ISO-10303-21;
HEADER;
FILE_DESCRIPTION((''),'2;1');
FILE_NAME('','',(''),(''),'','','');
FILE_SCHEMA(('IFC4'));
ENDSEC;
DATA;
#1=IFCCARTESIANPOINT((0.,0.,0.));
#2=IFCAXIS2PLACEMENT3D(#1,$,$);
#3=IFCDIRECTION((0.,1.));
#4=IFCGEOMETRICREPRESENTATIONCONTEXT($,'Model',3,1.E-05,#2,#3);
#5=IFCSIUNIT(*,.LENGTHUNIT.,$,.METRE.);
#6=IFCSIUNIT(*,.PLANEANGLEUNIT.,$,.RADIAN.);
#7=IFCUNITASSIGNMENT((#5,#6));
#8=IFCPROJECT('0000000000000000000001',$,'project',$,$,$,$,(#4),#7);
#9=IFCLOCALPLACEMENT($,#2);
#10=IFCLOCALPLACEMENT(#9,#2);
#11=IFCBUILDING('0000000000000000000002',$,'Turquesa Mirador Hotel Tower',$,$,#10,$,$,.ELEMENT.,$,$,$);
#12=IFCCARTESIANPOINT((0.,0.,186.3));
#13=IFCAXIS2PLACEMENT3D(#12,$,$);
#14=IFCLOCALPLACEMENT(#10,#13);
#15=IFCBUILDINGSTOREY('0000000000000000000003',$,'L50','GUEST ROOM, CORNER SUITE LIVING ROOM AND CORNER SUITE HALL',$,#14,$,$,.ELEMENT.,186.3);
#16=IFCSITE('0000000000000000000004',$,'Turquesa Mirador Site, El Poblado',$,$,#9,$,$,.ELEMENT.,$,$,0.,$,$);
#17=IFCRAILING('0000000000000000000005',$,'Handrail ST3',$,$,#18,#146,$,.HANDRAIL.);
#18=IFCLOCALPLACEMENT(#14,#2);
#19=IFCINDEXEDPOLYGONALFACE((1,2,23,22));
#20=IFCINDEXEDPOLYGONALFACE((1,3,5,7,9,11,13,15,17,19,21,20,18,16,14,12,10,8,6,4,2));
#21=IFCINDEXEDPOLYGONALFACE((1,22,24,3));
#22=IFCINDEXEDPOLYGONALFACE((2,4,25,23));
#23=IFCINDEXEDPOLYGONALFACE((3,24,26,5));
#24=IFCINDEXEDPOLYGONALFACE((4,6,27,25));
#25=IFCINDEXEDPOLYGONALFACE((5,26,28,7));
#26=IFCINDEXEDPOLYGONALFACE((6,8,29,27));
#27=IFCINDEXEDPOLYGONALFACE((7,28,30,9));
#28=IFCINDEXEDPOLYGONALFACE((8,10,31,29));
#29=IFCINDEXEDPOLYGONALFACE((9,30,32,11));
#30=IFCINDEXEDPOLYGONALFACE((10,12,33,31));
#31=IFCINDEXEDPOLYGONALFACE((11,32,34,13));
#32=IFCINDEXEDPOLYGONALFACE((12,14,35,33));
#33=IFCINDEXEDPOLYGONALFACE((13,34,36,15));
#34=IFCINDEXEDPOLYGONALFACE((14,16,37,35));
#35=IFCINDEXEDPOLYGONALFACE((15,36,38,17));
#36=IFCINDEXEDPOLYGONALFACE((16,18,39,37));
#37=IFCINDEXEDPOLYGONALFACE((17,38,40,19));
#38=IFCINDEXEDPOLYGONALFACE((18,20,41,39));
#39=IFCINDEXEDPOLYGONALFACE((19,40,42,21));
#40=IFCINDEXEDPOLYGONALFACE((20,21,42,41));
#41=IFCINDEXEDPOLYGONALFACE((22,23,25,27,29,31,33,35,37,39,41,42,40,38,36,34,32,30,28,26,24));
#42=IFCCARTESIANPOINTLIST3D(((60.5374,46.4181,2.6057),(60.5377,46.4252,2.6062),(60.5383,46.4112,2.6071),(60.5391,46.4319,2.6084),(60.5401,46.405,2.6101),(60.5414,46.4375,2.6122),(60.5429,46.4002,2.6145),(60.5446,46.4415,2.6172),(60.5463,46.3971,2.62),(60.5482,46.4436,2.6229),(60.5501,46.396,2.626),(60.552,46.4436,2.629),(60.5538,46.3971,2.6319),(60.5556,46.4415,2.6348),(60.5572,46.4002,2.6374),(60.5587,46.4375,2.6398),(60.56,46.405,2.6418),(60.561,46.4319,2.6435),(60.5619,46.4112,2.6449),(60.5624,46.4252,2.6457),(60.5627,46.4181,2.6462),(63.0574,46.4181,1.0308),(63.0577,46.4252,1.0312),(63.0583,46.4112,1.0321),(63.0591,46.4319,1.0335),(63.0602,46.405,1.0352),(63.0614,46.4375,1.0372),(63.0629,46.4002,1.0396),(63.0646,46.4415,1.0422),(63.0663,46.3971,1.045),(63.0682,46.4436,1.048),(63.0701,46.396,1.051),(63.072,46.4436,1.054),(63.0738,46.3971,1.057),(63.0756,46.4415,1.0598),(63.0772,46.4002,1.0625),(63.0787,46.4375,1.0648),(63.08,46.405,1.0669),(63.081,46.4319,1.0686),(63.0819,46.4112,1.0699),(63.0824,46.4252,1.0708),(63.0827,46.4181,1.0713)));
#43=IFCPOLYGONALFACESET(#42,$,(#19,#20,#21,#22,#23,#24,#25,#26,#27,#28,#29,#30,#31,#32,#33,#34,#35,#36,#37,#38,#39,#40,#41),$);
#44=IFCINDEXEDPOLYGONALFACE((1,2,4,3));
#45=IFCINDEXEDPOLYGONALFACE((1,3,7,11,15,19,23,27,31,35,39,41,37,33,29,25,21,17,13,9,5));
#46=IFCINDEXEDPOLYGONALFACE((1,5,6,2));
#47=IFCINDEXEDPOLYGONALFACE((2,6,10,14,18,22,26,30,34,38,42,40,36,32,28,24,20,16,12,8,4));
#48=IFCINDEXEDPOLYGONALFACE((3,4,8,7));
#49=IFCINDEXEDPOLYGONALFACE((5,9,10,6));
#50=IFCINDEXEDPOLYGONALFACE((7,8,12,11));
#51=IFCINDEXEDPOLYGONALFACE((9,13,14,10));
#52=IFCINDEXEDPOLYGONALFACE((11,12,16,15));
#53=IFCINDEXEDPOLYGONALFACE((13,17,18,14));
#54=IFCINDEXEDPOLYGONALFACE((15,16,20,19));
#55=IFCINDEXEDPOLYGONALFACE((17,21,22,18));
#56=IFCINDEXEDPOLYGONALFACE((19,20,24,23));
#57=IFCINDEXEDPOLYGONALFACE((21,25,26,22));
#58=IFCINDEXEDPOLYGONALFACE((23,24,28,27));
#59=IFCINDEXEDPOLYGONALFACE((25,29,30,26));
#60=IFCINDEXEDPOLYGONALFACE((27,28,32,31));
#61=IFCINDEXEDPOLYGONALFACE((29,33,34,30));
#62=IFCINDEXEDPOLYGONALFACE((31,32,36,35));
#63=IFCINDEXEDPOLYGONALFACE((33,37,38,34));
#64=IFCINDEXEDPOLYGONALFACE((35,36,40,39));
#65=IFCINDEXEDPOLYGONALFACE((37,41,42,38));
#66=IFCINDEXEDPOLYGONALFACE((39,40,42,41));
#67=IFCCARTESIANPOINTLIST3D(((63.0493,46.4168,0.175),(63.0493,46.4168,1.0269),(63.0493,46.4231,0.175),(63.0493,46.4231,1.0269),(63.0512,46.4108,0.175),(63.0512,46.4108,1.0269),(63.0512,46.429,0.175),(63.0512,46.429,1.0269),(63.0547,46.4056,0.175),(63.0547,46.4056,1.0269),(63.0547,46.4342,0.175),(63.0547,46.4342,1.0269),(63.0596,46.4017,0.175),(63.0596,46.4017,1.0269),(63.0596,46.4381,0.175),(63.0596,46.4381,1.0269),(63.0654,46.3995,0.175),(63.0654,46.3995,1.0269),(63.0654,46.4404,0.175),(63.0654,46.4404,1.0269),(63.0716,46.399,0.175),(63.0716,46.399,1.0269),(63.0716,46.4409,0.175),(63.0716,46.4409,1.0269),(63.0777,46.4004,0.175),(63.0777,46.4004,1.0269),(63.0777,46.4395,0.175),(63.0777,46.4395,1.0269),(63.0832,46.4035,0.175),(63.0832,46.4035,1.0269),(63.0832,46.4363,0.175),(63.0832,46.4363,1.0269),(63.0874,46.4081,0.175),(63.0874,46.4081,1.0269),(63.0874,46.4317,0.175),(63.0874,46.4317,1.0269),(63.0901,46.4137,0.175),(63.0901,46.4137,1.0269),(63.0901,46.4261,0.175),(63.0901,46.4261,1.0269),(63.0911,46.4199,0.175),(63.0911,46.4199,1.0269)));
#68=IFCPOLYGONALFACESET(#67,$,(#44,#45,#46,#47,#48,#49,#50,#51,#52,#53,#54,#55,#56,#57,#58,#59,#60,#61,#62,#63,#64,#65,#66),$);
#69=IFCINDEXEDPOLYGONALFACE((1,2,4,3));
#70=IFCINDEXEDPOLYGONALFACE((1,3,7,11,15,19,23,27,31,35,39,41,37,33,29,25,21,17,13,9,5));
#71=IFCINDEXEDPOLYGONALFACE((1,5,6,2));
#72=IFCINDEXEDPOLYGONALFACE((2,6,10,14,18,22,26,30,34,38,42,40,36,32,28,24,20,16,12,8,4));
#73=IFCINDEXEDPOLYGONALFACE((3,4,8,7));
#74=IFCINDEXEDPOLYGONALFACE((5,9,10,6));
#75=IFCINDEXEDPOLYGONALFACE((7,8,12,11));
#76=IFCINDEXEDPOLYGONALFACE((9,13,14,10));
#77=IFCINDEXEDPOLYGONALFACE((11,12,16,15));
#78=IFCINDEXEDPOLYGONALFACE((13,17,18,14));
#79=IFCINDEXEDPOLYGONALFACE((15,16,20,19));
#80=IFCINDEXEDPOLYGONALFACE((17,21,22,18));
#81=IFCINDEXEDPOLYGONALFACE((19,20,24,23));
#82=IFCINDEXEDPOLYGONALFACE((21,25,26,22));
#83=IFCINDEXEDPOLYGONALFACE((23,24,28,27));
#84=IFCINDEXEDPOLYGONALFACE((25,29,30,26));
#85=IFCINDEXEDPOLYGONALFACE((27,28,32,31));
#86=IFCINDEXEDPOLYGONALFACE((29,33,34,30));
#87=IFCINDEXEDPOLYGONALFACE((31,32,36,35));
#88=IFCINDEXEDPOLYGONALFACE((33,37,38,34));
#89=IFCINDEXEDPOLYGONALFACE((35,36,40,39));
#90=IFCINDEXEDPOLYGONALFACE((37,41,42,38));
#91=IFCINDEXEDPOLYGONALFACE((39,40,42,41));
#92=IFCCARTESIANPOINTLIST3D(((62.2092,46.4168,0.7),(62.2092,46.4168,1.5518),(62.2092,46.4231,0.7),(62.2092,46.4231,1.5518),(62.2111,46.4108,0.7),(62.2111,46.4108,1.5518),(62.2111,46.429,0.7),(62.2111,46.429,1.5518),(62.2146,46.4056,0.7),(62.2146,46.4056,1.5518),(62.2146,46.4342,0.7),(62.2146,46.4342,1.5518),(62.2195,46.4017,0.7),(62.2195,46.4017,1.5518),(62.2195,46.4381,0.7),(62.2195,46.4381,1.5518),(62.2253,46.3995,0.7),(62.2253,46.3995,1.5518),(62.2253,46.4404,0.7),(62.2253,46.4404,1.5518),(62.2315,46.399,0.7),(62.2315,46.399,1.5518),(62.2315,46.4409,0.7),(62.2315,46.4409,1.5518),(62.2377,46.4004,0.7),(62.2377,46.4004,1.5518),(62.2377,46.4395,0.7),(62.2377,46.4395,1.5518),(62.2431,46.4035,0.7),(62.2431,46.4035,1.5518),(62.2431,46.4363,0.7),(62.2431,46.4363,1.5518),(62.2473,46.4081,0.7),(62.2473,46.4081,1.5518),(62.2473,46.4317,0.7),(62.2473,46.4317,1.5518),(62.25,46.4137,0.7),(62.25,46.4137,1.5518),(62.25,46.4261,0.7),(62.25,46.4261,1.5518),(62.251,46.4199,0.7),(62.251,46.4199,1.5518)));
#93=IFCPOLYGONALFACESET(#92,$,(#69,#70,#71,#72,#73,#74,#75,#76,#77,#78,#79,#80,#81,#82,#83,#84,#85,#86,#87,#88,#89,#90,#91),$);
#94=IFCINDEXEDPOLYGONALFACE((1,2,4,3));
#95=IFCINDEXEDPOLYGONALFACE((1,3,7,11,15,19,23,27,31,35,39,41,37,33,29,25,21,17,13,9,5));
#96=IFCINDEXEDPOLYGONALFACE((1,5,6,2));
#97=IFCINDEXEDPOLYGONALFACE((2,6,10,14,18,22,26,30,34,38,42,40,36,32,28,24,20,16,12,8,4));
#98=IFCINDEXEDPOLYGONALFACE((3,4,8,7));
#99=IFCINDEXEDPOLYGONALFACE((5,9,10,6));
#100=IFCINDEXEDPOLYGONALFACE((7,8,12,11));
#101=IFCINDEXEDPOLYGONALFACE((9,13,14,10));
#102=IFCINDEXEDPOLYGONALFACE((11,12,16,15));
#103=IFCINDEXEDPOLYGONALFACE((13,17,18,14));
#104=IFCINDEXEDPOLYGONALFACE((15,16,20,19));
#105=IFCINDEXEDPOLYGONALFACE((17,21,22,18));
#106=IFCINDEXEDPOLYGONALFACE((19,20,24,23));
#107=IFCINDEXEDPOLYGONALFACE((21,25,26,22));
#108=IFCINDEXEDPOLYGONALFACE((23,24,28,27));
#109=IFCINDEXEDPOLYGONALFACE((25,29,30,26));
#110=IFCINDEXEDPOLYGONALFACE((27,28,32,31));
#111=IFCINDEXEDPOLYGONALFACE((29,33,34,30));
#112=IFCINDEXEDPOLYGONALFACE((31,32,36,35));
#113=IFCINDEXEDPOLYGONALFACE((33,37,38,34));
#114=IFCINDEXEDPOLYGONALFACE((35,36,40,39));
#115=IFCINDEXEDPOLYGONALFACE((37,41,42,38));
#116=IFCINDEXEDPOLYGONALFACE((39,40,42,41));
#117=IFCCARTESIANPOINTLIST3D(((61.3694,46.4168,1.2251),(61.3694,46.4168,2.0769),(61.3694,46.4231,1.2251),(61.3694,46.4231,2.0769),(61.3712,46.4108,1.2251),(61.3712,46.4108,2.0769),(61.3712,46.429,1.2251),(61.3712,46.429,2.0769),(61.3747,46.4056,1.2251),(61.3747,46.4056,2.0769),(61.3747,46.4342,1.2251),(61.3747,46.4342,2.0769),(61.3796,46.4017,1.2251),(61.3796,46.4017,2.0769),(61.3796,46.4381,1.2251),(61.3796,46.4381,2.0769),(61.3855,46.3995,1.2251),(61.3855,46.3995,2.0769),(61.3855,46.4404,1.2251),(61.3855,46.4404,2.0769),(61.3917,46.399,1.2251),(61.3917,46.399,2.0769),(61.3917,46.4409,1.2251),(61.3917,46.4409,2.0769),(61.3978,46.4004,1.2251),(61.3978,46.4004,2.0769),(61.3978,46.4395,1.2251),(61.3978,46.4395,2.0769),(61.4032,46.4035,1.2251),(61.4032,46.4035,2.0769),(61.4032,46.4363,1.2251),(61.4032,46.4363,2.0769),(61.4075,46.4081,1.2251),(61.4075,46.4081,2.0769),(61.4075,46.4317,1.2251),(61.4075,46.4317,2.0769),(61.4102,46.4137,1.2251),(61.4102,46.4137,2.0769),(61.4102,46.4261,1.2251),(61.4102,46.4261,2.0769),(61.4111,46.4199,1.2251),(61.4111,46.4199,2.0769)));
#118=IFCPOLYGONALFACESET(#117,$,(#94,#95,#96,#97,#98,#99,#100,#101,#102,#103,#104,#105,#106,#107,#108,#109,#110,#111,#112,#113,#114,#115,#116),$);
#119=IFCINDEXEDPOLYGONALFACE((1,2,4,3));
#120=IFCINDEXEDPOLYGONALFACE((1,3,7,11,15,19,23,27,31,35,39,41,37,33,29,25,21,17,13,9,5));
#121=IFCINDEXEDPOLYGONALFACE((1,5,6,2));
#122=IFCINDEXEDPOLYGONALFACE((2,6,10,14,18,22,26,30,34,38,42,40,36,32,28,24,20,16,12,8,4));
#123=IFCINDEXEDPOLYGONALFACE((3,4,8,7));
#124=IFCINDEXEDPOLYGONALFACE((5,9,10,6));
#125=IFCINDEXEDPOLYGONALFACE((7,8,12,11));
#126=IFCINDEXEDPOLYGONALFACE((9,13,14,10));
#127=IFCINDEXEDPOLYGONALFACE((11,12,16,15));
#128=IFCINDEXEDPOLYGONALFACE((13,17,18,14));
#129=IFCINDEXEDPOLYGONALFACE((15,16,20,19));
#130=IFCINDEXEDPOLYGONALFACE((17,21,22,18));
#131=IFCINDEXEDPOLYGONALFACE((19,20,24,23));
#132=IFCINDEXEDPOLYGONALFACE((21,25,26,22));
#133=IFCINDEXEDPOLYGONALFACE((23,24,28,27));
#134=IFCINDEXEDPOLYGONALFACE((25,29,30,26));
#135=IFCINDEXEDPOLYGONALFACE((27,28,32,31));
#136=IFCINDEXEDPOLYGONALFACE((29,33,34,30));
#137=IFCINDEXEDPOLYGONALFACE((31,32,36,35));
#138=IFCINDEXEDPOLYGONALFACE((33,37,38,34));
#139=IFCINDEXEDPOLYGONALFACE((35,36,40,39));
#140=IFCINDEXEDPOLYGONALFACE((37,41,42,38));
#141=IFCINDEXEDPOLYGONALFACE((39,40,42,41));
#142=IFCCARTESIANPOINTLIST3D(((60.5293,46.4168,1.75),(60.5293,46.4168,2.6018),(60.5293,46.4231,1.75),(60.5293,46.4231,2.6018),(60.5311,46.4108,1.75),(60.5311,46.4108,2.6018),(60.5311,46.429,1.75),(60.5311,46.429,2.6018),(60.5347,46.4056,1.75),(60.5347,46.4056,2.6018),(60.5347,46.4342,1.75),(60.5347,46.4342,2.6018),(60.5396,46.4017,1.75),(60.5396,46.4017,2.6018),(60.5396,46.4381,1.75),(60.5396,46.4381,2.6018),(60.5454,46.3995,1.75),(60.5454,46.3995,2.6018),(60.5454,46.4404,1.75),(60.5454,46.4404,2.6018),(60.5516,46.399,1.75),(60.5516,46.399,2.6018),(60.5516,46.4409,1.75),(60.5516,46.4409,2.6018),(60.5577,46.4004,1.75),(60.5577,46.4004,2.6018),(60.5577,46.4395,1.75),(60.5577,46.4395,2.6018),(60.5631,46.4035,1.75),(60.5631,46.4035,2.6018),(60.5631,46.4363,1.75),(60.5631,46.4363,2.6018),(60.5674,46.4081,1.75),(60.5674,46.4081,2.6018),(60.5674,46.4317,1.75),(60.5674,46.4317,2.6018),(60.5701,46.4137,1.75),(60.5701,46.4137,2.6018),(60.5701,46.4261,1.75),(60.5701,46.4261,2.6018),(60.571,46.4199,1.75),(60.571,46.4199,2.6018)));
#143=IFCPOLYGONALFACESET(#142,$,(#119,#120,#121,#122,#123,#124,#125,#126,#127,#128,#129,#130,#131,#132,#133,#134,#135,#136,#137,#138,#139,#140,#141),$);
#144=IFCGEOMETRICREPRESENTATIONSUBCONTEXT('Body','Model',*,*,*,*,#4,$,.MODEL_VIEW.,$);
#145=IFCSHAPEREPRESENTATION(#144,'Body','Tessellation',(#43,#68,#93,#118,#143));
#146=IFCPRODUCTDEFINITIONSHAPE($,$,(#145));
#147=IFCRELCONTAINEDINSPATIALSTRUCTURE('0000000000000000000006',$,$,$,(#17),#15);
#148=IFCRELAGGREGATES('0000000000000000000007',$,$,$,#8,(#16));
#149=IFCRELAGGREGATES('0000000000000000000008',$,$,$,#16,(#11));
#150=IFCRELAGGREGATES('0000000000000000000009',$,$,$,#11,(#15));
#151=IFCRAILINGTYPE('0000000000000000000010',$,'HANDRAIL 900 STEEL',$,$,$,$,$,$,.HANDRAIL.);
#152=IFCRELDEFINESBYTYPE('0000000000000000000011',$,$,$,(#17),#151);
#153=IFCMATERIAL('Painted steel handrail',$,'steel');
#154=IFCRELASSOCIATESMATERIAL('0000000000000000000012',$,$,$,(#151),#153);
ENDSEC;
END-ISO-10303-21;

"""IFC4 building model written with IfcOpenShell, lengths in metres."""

from ifc_helpers import new_model, si_unit, direction, frame, origin, origin_2d, place, context, subcontext, project, spatial, circle, extrude, material, type_object, element, save


model = new_model("IFC4")

# Units and contexts
model_context = context("Model", 3, precision=1e-05, world=origin(), true_north=direction((0.0, 1.0)))
body_context = subcontext(model_context, "Body", "Model", "MODEL_VIEW")
ifc_project = project(units=[si_unit("LENGTHUNIT", "METRE"), si_unit("PLANEANGLEUNIT", "RADIAN")], contexts=[model_context])

# Site, building, storey
site_placement = place(None, origin())
site = spatial("IfcSite", under=ifc_project, at=site_placement, Name="Turquesa Mirador Site, El Poblado", CompositionType="ELEMENT", RefElevation=0.0)
building_placement = place(site_placement, origin())
building = spatial("IfcBuilding", under=site, at=building_placement, Name="Turquesa Mirador Hotel Tower", CompositionType="ELEMENT")
storey_placement = place(building_placement, frame((0.0, 0.0, 186.3)))
storey = spatial("IfcBuildingStorey", under=building, at=storey_placement, Name="L50", Description="GUEST ROOM, CORNER SUITE LIVING ROOM AND CORNER SUITE HALL", CompositionType="ELEMENT", Elevation=186.3)

# Railing
ifc_material_1 = material(Name="Painted steel handrail", Category="steel")
railing_type = type_object("IfcRailingType", Name="HANDRAIL 900 STEEL", PredefinedType="HANDRAIL", material=ifc_material_1)
railing_1_placement = place(storey_placement, frame((63.0701, 46.4199, 0.175)))
element("IfcRailing", 1, at=railing_1_placement, inside=storey, type_object=railing_type, Name="Handrail ST3", PredefinedType="HANDRAIL", context=body_context, shape_type="SweptSolid", body=[
    extrude(circle(Radius=0.0239, at=origin_2d()), frame((0.0, 0.0, 0.876), z_axis=(-0.848008, 0.0, 0.529984), x_axis=(0.0, -1.0, 0.0)), (0.0, 0.0, 1.0), 2.9717),
    extrude(circle(Radius=0.021, at=origin_2d()), origin(), (0.0, 0.0, 1.0), 0.8518),
    extrude(circle(Radius=0.021, at=origin_2d()), frame((-0.8401, 0.0, 0.5249)), (0.0, 0.0, 1.0), 0.8518),
    extrude(circle(Radius=0.021, at=origin_2d()), frame((-1.6799, 0.0, 1.05)), (0.0, 0.0, 1.0), 0.8518),
    extrude(circle(Radius=0.021, at=origin_2d()), frame((-2.52, 0.0, 1.575)), (0.0, 0.0, 1.0), 0.8518),
])

save(model, "model.ifc")
